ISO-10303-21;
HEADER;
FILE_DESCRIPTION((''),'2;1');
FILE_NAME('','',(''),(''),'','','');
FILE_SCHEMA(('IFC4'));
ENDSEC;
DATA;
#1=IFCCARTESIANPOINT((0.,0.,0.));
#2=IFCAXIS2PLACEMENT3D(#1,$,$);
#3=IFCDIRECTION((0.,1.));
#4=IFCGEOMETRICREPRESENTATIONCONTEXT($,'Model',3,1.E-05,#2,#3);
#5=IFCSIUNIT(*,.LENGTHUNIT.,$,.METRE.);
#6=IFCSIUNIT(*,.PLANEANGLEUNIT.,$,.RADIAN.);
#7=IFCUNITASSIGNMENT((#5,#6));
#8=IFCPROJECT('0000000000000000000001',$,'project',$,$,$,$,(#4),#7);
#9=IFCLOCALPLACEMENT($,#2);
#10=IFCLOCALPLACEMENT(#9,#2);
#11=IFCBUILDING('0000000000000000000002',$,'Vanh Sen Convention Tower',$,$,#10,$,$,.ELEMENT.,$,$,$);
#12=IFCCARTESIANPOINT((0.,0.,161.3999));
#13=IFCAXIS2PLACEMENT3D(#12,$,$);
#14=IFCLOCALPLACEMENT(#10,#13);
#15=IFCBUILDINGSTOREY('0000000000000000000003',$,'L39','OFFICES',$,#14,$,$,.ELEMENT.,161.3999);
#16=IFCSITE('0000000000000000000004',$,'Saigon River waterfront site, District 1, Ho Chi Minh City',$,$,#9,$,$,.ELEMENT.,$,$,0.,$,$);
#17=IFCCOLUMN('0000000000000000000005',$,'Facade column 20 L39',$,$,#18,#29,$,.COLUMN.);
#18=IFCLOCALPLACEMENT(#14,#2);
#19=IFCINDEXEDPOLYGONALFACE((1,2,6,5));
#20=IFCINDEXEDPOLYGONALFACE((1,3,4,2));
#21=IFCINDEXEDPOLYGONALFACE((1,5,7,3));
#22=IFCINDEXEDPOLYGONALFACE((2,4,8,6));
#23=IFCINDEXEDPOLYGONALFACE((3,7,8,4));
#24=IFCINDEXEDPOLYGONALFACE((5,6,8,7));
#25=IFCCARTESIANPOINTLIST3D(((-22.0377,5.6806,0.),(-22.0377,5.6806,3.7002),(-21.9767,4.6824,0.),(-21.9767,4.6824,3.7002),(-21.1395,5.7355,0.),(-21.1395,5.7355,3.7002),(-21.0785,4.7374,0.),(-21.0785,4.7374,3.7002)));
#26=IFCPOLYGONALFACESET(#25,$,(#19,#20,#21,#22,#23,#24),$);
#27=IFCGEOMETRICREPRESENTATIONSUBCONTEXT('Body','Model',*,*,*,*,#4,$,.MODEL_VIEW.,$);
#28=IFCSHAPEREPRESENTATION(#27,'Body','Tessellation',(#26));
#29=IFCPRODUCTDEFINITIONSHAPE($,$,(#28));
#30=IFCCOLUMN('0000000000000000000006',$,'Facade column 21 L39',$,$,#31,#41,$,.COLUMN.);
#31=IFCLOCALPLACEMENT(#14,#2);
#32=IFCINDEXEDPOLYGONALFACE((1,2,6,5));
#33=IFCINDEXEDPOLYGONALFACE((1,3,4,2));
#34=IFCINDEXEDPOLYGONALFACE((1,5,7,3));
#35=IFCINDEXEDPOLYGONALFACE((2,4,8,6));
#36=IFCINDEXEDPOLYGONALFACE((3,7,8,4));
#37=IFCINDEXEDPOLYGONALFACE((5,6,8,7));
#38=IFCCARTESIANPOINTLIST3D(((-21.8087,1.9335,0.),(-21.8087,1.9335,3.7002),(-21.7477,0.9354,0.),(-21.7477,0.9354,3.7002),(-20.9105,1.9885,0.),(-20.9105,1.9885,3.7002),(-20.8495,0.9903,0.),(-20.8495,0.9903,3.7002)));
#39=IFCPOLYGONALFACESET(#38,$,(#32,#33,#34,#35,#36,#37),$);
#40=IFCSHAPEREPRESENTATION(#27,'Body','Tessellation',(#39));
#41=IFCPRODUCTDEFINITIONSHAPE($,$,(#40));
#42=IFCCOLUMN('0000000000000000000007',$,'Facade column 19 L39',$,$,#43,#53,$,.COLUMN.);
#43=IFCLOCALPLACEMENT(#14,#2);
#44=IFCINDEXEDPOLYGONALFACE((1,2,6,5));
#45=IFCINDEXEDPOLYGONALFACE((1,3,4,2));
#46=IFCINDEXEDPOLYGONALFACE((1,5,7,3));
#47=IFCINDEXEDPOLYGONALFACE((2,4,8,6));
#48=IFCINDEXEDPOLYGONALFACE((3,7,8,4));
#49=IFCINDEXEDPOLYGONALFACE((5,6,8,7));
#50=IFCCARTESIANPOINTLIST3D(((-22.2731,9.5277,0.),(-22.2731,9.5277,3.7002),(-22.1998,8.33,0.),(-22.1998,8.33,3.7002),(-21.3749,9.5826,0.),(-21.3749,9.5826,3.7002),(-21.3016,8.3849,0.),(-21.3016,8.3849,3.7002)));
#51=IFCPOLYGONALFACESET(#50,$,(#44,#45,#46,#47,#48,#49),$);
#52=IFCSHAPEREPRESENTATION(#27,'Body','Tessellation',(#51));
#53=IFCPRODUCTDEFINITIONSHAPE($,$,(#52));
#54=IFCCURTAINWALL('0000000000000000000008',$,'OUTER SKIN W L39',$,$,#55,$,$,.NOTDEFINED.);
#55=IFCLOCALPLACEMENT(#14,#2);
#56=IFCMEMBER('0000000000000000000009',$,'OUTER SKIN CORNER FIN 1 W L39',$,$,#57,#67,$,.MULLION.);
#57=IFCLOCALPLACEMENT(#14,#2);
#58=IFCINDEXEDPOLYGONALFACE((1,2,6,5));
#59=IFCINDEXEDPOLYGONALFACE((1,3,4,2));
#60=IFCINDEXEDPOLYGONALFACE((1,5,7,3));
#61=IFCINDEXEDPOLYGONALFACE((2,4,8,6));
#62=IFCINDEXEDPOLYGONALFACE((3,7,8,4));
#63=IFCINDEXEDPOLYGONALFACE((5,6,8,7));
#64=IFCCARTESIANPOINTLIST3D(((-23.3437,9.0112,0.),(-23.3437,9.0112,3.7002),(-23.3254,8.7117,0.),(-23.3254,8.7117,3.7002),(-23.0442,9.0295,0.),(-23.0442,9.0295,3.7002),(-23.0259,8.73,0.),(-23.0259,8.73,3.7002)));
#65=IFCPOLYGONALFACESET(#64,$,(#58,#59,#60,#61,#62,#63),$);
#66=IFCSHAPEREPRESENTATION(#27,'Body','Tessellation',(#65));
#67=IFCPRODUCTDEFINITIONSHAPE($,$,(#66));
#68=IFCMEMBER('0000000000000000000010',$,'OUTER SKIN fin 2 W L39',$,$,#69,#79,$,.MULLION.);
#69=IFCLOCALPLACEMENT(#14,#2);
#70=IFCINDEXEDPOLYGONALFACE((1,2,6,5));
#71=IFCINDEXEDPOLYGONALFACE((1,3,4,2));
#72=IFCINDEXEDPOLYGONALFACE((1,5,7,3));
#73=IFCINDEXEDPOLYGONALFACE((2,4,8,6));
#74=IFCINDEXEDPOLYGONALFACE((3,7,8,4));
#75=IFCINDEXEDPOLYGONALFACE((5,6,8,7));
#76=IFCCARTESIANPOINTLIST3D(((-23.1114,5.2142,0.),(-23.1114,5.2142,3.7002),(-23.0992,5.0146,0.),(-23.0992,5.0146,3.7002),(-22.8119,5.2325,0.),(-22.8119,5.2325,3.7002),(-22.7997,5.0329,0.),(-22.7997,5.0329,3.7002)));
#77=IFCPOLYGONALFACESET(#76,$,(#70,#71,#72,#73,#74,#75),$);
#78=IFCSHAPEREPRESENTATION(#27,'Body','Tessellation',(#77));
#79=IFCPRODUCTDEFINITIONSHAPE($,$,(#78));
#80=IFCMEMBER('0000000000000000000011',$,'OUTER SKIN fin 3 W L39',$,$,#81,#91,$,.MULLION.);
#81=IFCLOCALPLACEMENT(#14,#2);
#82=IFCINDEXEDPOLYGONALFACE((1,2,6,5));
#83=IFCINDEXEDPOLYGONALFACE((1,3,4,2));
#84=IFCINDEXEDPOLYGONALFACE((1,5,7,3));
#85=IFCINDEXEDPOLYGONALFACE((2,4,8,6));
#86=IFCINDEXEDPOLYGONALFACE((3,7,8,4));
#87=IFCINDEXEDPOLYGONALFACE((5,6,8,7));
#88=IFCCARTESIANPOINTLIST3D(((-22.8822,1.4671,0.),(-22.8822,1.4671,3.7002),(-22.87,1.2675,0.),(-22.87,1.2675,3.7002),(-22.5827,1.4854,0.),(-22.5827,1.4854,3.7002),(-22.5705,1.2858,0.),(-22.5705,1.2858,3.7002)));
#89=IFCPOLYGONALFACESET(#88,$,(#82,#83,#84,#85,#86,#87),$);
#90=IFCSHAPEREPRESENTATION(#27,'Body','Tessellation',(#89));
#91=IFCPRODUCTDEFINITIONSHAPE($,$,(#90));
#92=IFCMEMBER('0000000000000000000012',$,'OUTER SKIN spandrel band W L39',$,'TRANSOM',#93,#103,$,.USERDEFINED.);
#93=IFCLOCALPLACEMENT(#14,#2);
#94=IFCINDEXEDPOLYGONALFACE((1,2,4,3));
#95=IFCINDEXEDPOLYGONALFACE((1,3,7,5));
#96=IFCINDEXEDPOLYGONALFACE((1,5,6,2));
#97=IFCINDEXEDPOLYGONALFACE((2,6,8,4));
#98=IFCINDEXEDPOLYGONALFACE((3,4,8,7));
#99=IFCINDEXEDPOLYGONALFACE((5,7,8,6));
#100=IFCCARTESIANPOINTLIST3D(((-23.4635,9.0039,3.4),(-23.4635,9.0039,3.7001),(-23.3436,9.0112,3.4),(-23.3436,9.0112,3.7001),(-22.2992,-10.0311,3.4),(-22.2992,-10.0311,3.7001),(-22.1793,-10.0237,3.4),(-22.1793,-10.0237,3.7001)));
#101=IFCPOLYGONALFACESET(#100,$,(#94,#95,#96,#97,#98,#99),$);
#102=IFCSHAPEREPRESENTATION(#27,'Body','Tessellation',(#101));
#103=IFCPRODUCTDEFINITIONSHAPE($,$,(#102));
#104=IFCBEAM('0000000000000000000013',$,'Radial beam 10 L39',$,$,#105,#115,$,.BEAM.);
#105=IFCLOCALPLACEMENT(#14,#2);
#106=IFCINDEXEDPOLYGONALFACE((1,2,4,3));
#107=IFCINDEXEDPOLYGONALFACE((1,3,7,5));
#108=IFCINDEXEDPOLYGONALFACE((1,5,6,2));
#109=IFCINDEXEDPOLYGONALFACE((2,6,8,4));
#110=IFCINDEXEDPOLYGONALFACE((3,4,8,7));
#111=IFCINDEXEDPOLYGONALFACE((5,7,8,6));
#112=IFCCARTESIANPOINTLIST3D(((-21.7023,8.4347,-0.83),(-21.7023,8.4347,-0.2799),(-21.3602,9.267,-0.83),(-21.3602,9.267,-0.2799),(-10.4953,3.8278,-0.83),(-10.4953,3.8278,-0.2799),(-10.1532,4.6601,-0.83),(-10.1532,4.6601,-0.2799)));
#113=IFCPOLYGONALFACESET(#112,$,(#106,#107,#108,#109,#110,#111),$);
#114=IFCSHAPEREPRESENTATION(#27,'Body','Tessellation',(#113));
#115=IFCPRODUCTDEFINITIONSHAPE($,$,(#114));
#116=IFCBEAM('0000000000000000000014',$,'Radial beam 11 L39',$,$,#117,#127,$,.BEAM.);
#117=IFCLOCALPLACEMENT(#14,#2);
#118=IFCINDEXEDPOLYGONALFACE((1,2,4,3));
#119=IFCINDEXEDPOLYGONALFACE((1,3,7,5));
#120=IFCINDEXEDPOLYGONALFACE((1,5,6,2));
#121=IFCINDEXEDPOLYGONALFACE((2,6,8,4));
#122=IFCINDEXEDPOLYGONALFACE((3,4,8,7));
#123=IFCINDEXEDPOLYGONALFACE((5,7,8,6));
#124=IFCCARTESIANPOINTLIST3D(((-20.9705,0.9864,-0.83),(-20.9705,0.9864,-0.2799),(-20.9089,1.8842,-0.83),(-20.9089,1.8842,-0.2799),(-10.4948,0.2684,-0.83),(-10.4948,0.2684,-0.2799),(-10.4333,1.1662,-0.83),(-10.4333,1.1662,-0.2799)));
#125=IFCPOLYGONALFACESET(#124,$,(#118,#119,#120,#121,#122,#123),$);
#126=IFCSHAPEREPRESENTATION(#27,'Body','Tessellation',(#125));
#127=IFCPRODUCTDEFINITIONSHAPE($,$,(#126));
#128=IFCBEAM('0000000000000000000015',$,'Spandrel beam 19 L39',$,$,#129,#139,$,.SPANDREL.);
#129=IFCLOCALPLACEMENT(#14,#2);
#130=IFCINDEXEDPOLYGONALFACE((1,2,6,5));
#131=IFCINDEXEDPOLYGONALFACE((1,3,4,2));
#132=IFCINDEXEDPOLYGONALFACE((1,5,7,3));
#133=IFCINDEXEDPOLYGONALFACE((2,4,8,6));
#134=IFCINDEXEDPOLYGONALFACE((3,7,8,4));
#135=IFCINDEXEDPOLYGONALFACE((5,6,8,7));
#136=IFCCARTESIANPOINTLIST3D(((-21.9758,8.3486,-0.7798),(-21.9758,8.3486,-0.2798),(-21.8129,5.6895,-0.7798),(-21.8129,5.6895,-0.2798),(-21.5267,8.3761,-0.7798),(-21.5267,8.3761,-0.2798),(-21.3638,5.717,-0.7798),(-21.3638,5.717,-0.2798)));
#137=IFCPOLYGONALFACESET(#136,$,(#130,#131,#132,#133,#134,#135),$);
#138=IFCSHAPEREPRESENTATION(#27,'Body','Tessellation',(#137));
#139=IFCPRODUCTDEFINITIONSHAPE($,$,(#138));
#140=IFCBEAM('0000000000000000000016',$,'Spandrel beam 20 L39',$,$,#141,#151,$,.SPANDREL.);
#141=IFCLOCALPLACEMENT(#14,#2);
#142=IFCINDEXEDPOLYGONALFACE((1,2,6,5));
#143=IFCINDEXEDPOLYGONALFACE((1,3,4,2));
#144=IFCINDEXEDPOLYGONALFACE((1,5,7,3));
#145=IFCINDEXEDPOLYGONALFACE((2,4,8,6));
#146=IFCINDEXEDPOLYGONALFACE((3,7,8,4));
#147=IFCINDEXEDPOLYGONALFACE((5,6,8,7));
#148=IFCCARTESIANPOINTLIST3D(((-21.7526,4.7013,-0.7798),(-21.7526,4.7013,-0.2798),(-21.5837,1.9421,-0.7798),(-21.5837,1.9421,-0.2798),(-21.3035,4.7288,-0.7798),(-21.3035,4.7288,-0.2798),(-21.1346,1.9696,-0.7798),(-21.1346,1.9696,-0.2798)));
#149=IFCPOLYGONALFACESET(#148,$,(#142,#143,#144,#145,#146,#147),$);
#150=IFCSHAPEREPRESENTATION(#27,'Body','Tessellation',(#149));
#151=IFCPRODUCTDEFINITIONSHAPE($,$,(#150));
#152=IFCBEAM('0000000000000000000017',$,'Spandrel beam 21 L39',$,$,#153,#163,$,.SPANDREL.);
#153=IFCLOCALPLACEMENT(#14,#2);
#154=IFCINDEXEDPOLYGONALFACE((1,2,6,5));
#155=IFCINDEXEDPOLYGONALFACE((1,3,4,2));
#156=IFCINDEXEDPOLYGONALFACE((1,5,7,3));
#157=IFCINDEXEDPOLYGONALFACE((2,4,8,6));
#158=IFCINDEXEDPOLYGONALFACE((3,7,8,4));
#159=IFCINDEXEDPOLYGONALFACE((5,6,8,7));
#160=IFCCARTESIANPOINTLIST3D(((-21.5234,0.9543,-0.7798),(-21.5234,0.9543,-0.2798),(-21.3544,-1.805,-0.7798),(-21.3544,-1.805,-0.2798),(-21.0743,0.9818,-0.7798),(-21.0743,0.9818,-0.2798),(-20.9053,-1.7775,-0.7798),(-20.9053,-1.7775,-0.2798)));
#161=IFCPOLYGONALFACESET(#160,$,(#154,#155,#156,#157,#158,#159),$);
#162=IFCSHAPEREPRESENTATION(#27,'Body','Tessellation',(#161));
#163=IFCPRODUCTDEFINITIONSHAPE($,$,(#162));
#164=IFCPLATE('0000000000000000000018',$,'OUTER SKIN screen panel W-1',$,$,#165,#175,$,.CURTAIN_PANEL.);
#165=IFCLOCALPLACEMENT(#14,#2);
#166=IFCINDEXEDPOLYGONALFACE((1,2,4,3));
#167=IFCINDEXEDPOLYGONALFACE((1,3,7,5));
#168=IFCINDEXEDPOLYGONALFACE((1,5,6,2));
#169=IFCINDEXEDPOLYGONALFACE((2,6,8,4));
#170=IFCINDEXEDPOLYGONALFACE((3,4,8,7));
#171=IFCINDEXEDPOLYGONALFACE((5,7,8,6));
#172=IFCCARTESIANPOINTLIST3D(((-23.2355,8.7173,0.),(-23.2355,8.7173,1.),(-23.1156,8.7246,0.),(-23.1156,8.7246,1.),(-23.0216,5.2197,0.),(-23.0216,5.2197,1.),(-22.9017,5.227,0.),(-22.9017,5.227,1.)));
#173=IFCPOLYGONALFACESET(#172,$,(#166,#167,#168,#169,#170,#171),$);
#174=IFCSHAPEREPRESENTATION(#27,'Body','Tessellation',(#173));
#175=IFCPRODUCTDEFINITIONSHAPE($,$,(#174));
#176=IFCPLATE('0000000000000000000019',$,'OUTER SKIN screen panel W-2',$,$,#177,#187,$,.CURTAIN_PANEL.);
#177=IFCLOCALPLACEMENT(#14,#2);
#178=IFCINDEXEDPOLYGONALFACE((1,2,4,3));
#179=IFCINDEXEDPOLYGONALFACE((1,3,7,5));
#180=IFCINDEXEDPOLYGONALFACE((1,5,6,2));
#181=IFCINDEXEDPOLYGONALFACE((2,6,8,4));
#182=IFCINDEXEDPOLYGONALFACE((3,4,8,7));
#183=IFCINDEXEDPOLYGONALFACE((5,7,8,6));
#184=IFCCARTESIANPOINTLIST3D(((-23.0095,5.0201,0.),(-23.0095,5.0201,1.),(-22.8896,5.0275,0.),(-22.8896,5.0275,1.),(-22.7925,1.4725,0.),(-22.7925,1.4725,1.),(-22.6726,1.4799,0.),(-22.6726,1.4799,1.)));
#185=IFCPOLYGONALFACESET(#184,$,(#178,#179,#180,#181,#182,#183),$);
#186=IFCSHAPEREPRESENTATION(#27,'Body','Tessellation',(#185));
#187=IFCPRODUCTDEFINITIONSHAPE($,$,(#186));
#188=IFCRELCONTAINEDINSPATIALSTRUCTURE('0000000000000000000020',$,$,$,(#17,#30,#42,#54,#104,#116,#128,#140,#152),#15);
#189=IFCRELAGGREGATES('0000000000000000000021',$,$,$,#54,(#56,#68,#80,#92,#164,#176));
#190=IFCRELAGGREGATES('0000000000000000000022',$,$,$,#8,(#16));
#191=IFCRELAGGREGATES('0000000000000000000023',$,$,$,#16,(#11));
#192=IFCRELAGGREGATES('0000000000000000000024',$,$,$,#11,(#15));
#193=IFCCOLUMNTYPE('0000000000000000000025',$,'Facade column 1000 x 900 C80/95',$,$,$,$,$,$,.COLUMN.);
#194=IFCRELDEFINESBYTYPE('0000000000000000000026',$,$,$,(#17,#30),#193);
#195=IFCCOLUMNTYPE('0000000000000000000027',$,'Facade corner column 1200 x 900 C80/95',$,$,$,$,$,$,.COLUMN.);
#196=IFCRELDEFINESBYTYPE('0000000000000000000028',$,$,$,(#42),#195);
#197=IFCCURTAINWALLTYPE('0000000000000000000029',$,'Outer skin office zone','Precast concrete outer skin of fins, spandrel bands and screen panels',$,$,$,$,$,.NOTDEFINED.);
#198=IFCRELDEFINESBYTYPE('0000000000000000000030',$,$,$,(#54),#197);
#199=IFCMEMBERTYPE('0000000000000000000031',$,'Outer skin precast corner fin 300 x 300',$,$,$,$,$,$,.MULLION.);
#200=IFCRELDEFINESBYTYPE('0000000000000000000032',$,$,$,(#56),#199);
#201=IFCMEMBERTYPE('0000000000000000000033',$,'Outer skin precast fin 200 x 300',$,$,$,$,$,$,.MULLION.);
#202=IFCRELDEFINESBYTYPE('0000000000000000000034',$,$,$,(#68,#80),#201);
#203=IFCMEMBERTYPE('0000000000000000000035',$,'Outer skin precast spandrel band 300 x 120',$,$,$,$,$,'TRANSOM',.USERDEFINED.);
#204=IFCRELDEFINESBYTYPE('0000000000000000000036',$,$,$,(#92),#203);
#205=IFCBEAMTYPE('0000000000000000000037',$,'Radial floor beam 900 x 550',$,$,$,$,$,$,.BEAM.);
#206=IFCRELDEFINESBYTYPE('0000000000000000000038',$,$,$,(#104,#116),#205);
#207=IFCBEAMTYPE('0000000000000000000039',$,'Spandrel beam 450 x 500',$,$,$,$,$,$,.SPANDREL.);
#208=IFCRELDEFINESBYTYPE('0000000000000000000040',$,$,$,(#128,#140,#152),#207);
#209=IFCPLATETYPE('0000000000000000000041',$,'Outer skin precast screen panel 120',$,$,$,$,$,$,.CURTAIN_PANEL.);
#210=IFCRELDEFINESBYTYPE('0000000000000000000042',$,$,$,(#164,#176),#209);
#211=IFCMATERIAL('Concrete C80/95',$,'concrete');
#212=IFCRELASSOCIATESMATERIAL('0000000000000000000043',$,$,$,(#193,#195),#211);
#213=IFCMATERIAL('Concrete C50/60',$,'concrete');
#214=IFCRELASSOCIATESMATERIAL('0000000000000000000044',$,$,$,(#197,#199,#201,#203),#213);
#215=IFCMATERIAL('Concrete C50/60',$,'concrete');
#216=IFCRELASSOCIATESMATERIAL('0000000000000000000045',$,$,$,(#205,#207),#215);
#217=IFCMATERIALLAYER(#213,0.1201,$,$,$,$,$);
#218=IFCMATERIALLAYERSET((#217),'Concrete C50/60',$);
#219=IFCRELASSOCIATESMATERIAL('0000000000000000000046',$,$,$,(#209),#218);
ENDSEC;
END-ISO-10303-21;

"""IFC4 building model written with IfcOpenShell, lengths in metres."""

from ifc_helpers import new_model, si_unit, direction, frame, origin, origin_2d, place, context, subcontext, project, spatial, rectangle, extrude, material, layer, layer_set, material_profile, profile_set, type_object, element, aggregate, save


model = new_model("IFC4")

# Units and contexts
model_context = context("Model", 3, precision=1e-05, world=origin(), true_north=direction((0.0, 1.0)))
body_context = subcontext(model_context, "Body", "Model", "MODEL_VIEW")
ifc_project = project(units=[si_unit("LENGTHUNIT", "METRE"), si_unit("PLANEANGLEUNIT", "RADIAN")], contexts=[model_context])

# Site, building, storey
site_placement = place(None, origin())
site = spatial("IfcSite", under=ifc_project, at=site_placement, Name="Saigon River waterfront site, District 1, Ho Chi Minh City", CompositionType="ELEMENT", RefElevation=0.0)
building_placement = place(site_placement, origin())
building = spatial("IfcBuilding", under=site, at=building_placement, Name="Vanh Sen Convention Tower", CompositionType="ELEMENT")
storey_placement = place(building_placement, frame((0.0, 0.0, 161.3999)))
storey = spatial("IfcBuildingStorey", under=building, at=storey_placement, Name="L39", Description="OFFICES", CompositionType="ELEMENT", Elevation=161.3999)

# Columns
ifc_material_1 = material(Name="Concrete C80/95", Category="concrete")
ifc_material_profile_1 = material_profile(ifc_material_1, rectangle(XDim=1.0, YDim=0.8999, at=origin_2d()), Name="RC 1000X900")
ifc_profile_set_1 = profile_set([ifc_material_profile_1], Name="Concrete C80/95")
column_type_1 = type_object("IfcColumnType", Name="Facade column 1000 x 900 C80/95", PredefinedType="COLUMN", material=ifc_profile_set_1)
for number, where, z_axis, x_axis, name in (
    (1, (-21.5581, 5.209, 0.0), (0.0, 0.0, 1.0), (0.061049, -0.998135, 0.0), "Facade column 20 L39"),
    (2, (-21.3291, 1.4619, 0.0), (0.0, 0.0, 1.0), (0.061049, -0.998135, 0.0), "Facade column 21 L39"),
):
    element("IfcColumn", number, at=place(storey_placement, frame(where, z_axis=z_axis, x_axis=x_axis)), inside=storey, type_object=column_type_1, Name=name, PredefinedType="COLUMN", context=body_context, shape_type="SweptSolid", body=[
        extrude(rectangle(XDim=1.0, YDim=0.8999, at=origin_2d()), origin(), (0.0, 0.0, 1.0), 3.7002),
    ])
ifc_material_profile_2 = material_profile(ifc_material_1, rectangle(XDim=1.2, YDim=0.8999, at=origin_2d()), Name="RC 1200X900")
ifc_profile_set_2 = profile_set([ifc_material_profile_2], Name="Concrete C80/95")
column_type_2 = type_object("IfcColumnType", Name="Facade corner column 1200 x 900 C80/95", PredefinedType="COLUMN", material=ifc_profile_set_2)
column_placement = place(storey_placement, frame((-21.7874, 8.9563, 0.0), z_axis=(0.0, 0.0, 1.0), x_axis=(0.061049, -0.998135, 0.0)))
element("IfcColumn", 3, at=column_placement, inside=storey, type_object=column_type_2, Name="Facade column 19 L39", PredefinedType="COLUMN", context=body_context, shape_type="SweptSolid", body=[
    extrude(rectangle(XDim=1.2, YDim=0.8999, at=origin_2d()), origin(), (0.0, 0.0, 1.0), 3.7002),
])

# Curtain wall, members
ifc_material_2 = material(Name="Concrete C50/60", Category="concrete")
curtain_wall_type = type_object("IfcCurtainWallType", Name="Outer skin office zone", Description="Precast concrete outer skin of fins, spandrel bands and screen panels", PredefinedType="NOTDEFINED", material=ifc_material_2)
curtain_wall_placement = place(storey_placement, origin())
curtain_wall = element("IfcCurtainWall", 4, at=curtain_wall_placement, inside=storey, type_object=curtain_wall_type, Name="OUTER SKIN W L39", PredefinedType="NOTDEFINED")
ifc_material_profile_3 = material_profile(ifc_material_2, rectangle(XDim=0.3, YDim=0.3, at=origin_2d()), Name="Outer skin precast corner fin 300 x 300")
ifc_profile_set_3 = profile_set([ifc_material_profile_3], Name="Concrete C50/60")
member_type_1 = type_object("IfcMemberType", Name="Outer skin precast corner fin 300 x 300", PredefinedType="MULLION", material=ifc_profile_set_3)
member_1_placement = place(storey_placement, frame((-23.1848, 8.8706, 0.0), z_axis=(0.0, 0.0, 1.0), x_axis=(0.061049, -0.998135, 0.0)))
member_1 = element("IfcMember", 5, at=member_1_placement, type_object=member_type_1, Name="OUTER SKIN CORNER FIN 1 W L39", PredefinedType="MULLION", context=body_context, shape_type="SweptSolid", body=[
    extrude(rectangle(XDim=0.3, YDim=0.3, at=origin_2d()), origin(), (0.0, 0.0, 1.0), 3.7002),
])
ifc_material_profile_4 = material_profile(ifc_material_2, rectangle(XDim=0.2, YDim=0.3, at=origin_2d()), Name="Outer skin precast fin 200 x 300")
ifc_profile_set_4 = profile_set([ifc_material_profile_4], Name="Concrete C50/60")
member_type_2 = type_object("IfcMemberType", Name="Outer skin precast fin 200 x 300", PredefinedType="MULLION", material=ifc_profile_set_4)
member_2_placement = place(storey_placement, frame((-22.9556, 5.1235, 0.0), z_axis=(0.0, 0.0, 1.0), x_axis=(0.061049, -0.998135, 0.0)))
member_2 = element("IfcMember", 6, at=member_2_placement, type_object=member_type_2, Name="OUTER SKIN fin 2 W L39", PredefinedType="MULLION", context=body_context, shape_type="SweptSolid", body=[
    extrude(rectangle(XDim=0.2, YDim=0.3, at=origin_2d()), origin(), (0.0, 0.0, 1.0), 3.7002),
])
member_3_placement = place(storey_placement, frame((-22.7263, 1.3765, 0.0), z_axis=(0.0, 0.0, 1.0), x_axis=(0.061049, -0.998135, 0.0)))
member_3 = element("IfcMember", 7, at=member_3_placement, type_object=member_type_2, Name="OUTER SKIN fin 3 W L39", PredefinedType="MULLION", context=body_context, shape_type="SweptSolid", body=[
    extrude(rectangle(XDim=0.2, YDim=0.3, at=origin_2d()), origin(), (0.0, 0.0, 1.0), 3.7002),
])
ifc_material_profile_5 = material_profile(ifc_material_2, rectangle(XDim=0.1201, YDim=0.3, at=origin_2d()), Name="Outer skin precast spandrel band 300 x 120")
ifc_profile_set_5 = profile_set([ifc_material_profile_5], Name="Concrete C50/60")
member_type_3 = type_object("IfcMemberType", Name="Outer skin precast spandrel band 300 x 120", ElementType="TRANSOM", PredefinedType="USERDEFINED", material=ifc_profile_set_5)
member_4_placement = place(storey_placement, frame((-23.4036, 9.0076, 3.55), z_axis=(0.061053, -0.998135, 0.0), x_axis=(0.998135, 0.061053, 0.0)))
member_4 = element("IfcMember", 8, at=member_4_placement, type_object=member_type_3, Name="OUTER SKIN spandrel band W L39", ObjectType="TRANSOM", PredefinedType="USERDEFINED", context=body_context, shape_type="SweptSolid", body=[
    extrude(rectangle(XDim=0.1201, YDim=0.3, at=origin_2d()), origin(), (0.0, 0.0, 1.0), 19.0706),
])

# Beams
ifc_material_3 = material(Name="Concrete C50/60", Category="concrete")
ifc_material_profile_6 = material_profile(ifc_material_3, rectangle(XDim=0.8999, YDim=0.55, at=origin_2d()), Name="RC 900X550")
ifc_profile_set_6 = profile_set([ifc_material_profile_6], Name="Concrete C50/60")
beam_type_1 = type_object("IfcBeamType", Name="Radial floor beam 900 x 550", PredefinedType="BEAM", material=ifc_profile_set_6)
beam_1_placement = place(storey_placement, frame((-21.5312, 8.8508, -0.5549), z_axis=(0.924902, -0.380205, 0.0), x_axis=(0.380205, 0.924902, 0.0)))
element("IfcBeam", 9, at=beam_1_placement, inside=storey, type_object=beam_type_1, Name="Radial beam 10 L39", PredefinedType="BEAM", context=body_context, shape_type="SweptSolid", body=[
    extrude(rectangle(XDim=0.8999, YDim=0.55, at=origin_2d()), origin(), (0.0, 0.0, 1.0), 12.1169),
])
beam_2_placement = place(storey_placement, frame((-20.9397, 1.4353, -0.5549), z_axis=(0.997659, -0.068382, 0.0), x_axis=(0.068382, 0.997659, 0.0)))
element("IfcBeam", 10, at=beam_2_placement, inside=storey, type_object=beam_type_1, Name="Radial beam 11 L39", PredefinedType="BEAM", context=body_context, shape_type="SweptSolid", body=[
    extrude(rectangle(XDim=0.8999, YDim=0.55, at=origin_2d()), origin(), (0.0, 0.0, 1.0), 10.5002),
])
ifc_material_profile_7 = material_profile(ifc_material_3, rectangle(XDim=0.45, YDim=0.5, at=origin_2d()), Name="RC 450X500")
ifc_profile_set_7 = profile_set([ifc_material_profile_7], Name="Concrete C50/60")
beam_type_2 = type_object("IfcBeamType", Name="Spandrel beam 450 x 500", PredefinedType="SPANDREL", material=ifc_profile_set_7)
beam_3_placement = place(storey_placement, frame((-21.7512, 8.3623, -0.5298), z_axis=(0.061123, -0.99813, 0.0), x_axis=(0.99813, 0.061123, 0.0)))
element("IfcBeam", 11, at=beam_3_placement, inside=storey, type_object=beam_type_2, Name="Spandrel beam 19 L39", PredefinedType="SPANDREL", context=body_context, shape_type="SweptSolid", body=[
    extrude(rectangle(XDim=0.45, YDim=0.5, at=origin_2d()), origin(), (0.0, 0.0, 1.0), 2.6641),
])
for number, where, z_axis, x_axis, name in (
    (12, (-21.5281, 4.7151, -0.5298), (0.061114, -0.998131, 0.0), (0.998131, 0.061114, 0.0), "Spandrel beam 20 L39"),
    (13, (-21.2988, 0.968, -0.5298), (0.061114, -0.998131, 0.0), (0.998131, 0.061114, 0.0), "Spandrel beam 21 L39"),
):
    element("IfcBeam", number, at=place(storey_placement, frame(where, z_axis=z_axis, x_axis=x_axis)), inside=storey, type_object=beam_type_2, Name=name, PredefinedType="SPANDREL", context=body_context, shape_type="SweptSolid", body=[
        extrude(rectangle(XDim=0.45, YDim=0.5, at=origin_2d()), origin(), (0.0, 0.0, 1.0), 2.7644),
    ])

# Plates
ifc_layer_1 = layer(ifc_material_2, 0.1201)
ifc_layer_set_1 = layer_set([ifc_layer_1], Name="Concrete C50/60")
plate_type = type_object("IfcPlateType", Name="Outer skin precast screen panel 120", PredefinedType="CURTAIN_PANEL", material=ifc_layer_set_1)
plate_1_placement = place(storey_placement, frame((-23.0686, 6.9722, 0.0), z_axis=(0.0, 0.0, 1.0), x_axis=(0.061054, -0.998134, 0.0)))
plate_1 = element("IfcPlate", 14, at=plate_1_placement, type_object=plate_type, Name="OUTER SKIN screen panel W-1", PredefinedType="CURTAIN_PANEL", context=body_context, shape_type="SweptSolid", body=[
    extrude(rectangle(XDim=3.5042, YDim=0.1201, at=origin_2d()), origin(), (0.0, 0.0, 1.0), 1.0),
])
plate_2_placement = place(storey_placement, frame((-22.8411, 3.25, 0.0), z_axis=(0.0, 0.0, 1.0), x_axis=(0.061052, -0.998135, 0.0)))
plate_2 = element("IfcPlate", 15, at=plate_2_placement, type_object=plate_type, Name="OUTER SKIN screen panel W-2", PredefinedType="CURTAIN_PANEL", context=body_context, shape_type="SweptSolid", body=[
    extrude(rectangle(XDim=3.5542, YDim=0.1201, at=origin_2d()), origin(), (0.0, 0.0, 1.0), 1.0),
])
aggregate(curtain_wall, [member_1, member_2, member_3, member_4, plate_1, plate_2])

save(model, "model.ifc")
